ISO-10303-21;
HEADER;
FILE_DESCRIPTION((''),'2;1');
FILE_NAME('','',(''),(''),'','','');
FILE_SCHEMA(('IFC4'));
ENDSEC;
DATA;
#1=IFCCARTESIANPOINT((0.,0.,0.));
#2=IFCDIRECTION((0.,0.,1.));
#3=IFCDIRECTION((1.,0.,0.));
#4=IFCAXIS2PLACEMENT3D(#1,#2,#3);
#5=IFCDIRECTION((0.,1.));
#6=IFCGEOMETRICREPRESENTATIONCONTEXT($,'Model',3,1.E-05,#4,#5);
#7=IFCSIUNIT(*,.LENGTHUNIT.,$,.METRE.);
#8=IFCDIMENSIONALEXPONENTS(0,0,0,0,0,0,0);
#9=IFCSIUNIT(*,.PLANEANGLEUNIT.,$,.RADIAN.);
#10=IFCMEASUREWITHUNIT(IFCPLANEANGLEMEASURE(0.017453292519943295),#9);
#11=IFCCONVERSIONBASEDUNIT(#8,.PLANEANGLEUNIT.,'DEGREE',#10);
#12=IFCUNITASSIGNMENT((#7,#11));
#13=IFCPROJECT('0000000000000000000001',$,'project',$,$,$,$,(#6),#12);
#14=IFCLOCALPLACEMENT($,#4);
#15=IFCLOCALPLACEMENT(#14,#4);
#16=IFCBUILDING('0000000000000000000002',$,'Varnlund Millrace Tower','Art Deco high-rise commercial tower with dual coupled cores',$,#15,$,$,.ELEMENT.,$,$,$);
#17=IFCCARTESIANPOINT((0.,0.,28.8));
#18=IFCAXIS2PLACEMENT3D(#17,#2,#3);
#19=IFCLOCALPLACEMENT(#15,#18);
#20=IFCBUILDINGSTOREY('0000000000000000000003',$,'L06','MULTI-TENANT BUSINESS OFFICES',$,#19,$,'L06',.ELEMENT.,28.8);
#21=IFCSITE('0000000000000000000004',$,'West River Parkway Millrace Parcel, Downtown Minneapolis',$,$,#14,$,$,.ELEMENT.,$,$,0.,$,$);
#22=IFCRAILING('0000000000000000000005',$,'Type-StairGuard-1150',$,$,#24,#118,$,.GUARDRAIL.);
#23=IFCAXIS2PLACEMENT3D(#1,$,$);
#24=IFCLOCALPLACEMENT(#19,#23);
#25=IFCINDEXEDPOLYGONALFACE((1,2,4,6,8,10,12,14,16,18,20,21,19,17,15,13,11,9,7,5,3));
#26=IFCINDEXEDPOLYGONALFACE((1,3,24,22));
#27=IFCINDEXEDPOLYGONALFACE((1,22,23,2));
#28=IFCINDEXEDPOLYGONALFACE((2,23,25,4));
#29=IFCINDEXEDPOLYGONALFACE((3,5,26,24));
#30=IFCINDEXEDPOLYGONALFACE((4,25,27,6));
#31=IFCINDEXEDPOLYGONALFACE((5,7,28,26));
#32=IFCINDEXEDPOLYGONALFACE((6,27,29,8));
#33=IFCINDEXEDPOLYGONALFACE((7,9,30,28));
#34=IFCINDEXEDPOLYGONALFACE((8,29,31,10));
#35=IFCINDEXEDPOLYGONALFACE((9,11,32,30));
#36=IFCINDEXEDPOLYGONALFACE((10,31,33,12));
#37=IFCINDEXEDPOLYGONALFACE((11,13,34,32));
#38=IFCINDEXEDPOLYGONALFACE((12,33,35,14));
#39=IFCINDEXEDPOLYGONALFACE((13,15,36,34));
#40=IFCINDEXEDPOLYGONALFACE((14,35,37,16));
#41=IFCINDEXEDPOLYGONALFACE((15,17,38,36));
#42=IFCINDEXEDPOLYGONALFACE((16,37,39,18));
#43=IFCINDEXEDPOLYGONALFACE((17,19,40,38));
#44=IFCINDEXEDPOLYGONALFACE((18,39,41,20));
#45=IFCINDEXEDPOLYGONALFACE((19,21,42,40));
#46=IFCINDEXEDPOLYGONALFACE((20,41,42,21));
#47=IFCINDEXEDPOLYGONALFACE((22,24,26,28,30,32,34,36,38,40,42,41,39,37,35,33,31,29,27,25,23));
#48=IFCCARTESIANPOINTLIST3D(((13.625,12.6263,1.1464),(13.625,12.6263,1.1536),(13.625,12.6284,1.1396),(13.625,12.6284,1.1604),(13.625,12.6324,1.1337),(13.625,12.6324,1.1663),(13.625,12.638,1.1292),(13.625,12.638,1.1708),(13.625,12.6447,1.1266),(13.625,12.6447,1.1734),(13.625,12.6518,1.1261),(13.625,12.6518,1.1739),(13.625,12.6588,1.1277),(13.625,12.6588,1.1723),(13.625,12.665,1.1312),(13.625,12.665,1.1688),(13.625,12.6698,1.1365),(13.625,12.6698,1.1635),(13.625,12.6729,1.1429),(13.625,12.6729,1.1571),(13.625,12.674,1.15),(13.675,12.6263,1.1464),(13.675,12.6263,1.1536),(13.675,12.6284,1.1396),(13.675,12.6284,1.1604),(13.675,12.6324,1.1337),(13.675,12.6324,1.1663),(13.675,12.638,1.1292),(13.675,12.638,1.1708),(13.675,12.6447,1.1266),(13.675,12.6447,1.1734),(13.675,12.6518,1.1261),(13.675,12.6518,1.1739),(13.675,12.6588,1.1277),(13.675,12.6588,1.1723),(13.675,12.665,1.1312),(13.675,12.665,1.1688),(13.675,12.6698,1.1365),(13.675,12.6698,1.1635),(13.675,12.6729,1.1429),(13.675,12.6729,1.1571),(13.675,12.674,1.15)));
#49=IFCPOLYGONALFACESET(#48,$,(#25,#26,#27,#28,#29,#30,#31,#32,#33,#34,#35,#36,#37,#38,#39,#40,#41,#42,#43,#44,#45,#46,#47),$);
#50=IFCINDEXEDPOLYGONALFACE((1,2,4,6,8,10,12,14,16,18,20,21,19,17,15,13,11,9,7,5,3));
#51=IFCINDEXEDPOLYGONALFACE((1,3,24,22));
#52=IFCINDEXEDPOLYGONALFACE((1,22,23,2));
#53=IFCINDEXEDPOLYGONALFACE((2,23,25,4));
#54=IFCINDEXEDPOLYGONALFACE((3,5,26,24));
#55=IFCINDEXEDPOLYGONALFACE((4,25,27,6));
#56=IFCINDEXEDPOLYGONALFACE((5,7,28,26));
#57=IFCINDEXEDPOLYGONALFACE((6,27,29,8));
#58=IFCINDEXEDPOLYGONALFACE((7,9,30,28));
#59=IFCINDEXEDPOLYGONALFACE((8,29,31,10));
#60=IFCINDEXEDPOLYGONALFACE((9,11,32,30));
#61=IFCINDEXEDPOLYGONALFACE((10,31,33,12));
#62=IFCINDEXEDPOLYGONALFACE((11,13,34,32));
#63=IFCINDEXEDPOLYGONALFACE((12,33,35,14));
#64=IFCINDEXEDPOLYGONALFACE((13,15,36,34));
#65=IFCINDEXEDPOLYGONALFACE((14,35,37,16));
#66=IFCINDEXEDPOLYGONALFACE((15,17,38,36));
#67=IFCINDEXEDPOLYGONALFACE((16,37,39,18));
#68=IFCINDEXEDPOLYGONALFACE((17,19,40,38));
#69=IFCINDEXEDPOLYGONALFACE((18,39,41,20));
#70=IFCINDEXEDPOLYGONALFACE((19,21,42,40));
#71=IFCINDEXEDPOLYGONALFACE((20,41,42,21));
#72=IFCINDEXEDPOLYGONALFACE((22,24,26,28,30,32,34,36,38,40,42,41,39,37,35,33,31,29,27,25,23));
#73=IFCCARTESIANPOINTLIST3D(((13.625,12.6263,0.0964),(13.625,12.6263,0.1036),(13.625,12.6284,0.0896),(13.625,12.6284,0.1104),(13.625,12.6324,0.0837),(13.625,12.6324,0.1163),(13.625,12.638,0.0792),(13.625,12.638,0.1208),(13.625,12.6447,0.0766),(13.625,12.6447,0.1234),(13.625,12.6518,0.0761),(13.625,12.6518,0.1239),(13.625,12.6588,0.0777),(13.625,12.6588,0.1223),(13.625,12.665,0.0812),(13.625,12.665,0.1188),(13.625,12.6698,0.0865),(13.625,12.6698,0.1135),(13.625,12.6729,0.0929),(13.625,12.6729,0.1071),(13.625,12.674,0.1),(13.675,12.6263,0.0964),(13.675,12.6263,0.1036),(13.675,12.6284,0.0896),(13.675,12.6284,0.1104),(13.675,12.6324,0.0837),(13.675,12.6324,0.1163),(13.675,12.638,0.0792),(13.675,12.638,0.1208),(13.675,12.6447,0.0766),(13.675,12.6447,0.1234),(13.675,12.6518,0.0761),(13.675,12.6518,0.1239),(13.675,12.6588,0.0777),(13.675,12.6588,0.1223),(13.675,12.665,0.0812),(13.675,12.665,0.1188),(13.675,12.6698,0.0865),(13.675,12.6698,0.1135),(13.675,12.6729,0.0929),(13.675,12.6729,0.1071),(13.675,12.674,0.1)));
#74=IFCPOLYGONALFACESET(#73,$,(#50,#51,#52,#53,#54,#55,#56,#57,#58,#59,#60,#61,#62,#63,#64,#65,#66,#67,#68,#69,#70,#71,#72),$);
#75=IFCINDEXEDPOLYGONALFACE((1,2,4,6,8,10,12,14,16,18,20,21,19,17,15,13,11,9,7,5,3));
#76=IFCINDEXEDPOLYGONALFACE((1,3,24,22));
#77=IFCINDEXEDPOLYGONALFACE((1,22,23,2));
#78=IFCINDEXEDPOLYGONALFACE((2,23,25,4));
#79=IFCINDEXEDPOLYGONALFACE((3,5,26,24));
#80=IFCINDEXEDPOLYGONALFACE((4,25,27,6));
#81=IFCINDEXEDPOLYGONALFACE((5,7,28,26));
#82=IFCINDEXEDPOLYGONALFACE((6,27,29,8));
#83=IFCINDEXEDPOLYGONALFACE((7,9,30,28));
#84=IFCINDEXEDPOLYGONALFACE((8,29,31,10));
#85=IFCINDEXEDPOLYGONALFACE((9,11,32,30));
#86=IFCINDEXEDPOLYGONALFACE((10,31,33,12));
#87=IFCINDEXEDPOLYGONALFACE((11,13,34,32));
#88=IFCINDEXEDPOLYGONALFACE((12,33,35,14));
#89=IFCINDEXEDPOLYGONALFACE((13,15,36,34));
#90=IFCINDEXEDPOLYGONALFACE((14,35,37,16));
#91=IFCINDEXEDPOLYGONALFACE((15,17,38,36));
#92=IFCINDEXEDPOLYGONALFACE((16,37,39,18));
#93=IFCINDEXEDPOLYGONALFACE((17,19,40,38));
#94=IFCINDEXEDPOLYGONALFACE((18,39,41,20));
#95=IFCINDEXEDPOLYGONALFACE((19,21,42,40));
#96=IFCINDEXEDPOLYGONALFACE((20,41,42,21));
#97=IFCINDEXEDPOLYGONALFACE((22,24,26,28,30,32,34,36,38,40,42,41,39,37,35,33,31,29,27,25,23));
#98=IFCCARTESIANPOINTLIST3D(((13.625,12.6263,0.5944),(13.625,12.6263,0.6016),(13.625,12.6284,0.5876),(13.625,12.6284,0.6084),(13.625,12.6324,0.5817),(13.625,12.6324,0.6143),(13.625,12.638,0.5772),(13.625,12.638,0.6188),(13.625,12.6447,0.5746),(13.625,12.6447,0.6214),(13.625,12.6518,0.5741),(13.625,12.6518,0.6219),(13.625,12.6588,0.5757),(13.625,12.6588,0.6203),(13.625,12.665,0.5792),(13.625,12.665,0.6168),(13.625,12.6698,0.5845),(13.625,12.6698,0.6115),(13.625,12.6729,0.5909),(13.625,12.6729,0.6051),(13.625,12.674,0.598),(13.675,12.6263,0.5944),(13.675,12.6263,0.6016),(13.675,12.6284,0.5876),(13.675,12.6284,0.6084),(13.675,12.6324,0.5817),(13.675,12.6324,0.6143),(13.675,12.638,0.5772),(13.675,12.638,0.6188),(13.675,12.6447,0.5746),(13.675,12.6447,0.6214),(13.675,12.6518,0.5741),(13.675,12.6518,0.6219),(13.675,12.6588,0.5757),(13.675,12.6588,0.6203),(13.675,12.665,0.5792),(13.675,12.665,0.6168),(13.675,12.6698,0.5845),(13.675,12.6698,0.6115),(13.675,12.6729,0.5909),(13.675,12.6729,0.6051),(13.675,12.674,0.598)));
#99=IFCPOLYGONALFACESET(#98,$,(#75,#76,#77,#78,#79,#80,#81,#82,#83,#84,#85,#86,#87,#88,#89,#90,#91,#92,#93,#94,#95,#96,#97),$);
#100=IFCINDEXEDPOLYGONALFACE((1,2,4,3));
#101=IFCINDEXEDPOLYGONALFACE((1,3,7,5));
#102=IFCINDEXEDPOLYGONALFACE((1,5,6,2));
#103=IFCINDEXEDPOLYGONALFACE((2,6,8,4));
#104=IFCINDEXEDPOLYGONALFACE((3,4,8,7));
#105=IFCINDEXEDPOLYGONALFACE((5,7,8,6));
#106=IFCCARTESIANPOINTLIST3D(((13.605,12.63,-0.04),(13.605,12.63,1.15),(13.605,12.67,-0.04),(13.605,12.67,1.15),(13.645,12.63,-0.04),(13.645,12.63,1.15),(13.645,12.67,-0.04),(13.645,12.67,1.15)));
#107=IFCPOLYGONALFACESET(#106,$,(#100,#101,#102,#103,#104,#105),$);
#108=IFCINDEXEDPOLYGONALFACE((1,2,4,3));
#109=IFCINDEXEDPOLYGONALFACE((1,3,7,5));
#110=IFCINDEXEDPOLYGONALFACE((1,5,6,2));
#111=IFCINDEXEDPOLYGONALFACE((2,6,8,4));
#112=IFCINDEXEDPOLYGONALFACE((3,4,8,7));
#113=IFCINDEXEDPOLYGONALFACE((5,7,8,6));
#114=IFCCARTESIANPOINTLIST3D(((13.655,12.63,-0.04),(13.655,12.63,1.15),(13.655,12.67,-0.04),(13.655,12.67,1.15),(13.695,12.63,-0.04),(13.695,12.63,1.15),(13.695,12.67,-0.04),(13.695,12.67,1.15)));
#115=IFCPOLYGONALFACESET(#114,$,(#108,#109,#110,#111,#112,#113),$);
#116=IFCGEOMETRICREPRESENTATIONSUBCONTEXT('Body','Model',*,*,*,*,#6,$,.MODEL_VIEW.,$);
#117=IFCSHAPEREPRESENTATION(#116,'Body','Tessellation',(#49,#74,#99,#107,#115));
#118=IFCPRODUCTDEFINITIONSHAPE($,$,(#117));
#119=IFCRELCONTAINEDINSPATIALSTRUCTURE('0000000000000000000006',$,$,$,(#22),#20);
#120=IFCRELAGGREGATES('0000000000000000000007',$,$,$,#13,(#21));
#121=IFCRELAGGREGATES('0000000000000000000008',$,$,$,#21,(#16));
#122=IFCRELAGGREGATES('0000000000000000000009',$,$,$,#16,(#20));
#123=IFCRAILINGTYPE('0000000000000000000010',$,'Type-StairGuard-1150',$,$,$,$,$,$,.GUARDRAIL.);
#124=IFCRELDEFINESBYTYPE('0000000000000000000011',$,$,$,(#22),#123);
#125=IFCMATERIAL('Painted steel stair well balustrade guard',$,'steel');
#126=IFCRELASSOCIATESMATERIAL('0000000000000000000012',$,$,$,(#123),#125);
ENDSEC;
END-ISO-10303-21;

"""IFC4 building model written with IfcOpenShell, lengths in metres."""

from ifc_helpers import new_model, entity, si_unit, converted_unit, direction, frame, origin_with_axes, origin_2d_with_axis, place, context, subcontext, project, spatial, rectangle, circle, extrude, material, type_object, element, save


model = new_model("IFC4")

# Units and contexts
model_context = context("Model", 3, precision=1e-05, world=origin_with_axes(), true_north=direction((0.0, 1.0)))
body_context = subcontext(model_context, "Body", "Model", "MODEL_VIEW")
ifc_project = project(units=[si_unit("LENGTHUNIT", "METRE"), converted_unit("PLANEANGLEUNIT", "DEGREE", entity("IfcPlaneAngleMeasure", 0.017453292519943295), si_unit("PLANEANGLEUNIT", "RADIAN"), dimensions=[0, 0, 0, 0, 0, 0, 0])], contexts=[model_context])

# Site, building, storey
site_placement = place(None, origin_with_axes())
site = spatial("IfcSite", under=ifc_project, at=site_placement, Name="West River Parkway Millrace Parcel, Downtown Minneapolis", CompositionType="ELEMENT", RefElevation=0.0)
building_placement = place(site_placement, origin_with_axes())
building = spatial("IfcBuilding", under=site, at=building_placement, Name="Varnlund Millrace Tower", Description="Art Deco high-rise commercial tower with dual coupled cores", CompositionType="ELEMENT")
storey_placement = place(building_placement, frame((0.0, 0.0, 28.8), z_axis=(0.0, 0.0, 1.0), x_axis=(1.0, 0.0, 0.0)))
storey = spatial("IfcBuildingStorey", under=building, at=storey_placement, Name="L06", Description="MULTI-TENANT BUSINESS OFFICES", LongName="L06", CompositionType="ELEMENT", Elevation=28.8)

# Railing
ifc_material_1 = material(Name="Painted steel stair well balustrade guard", Category="steel")
railing_type_1 = type_object("IfcRailingType", Name="Type-StairGuard-1150", PredefinedType="GUARDRAIL", material=ifc_material_1)
railing_1_placement = place(storey_placement, frame((0.0, 0.0, -28.8), z_axis=(0.0, 0.0, 1.0), x_axis=(1.0, 0.0, 0.0)))
element("IfcRailing", 1, at=railing_1_placement, inside=storey, type_object=railing_type_1, Name="Type-StairGuard-1150", PredefinedType="GUARDRAIL", context=body_context, shape_type="SweptSolid", body=[
    extrude(circle(Radius=0.024, at=origin_2d_with_axis()), frame((13.625, 12.65, 29.95), z_axis=(1.0, 0.0, 0.0), x_axis=(0.0, 1.0, 0.0)), (0.0, 0.0, 1.0), 0.05),
    extrude(circle(Radius=0.024, at=origin_2d_with_axis()), frame((13.625, 12.65, 28.9), z_axis=(1.0, 0.0, 0.0), x_axis=(0.0, 1.0, 0.0)), (0.0, 0.0, 1.0), 0.05),
    extrude(circle(Radius=0.024, at=origin_2d_with_axis()), frame((13.625, 12.65, 29.398), z_axis=(1.0, 0.0, 0.0), x_axis=(0.0, 1.0, 0.0)), (0.0, 0.0, 1.0), 0.05),
    extrude(rectangle(XDim=0.04, YDim=0.04, at=origin_2d_with_axis()), frame((13.625, 12.65, 28.76), z_axis=(0.0, 0.0, 1.0), x_axis=(1.0, 0.0, 0.0)), (0.0, 0.0, 1.0), 1.19),
    extrude(rectangle(XDim=0.04, YDim=0.04, at=origin_2d_with_axis()), frame((13.675, 12.65, 28.76), z_axis=(0.0, 0.0, 1.0), x_axis=(1.0, 0.0, 0.0)), (0.0, 0.0, 1.0), 1.19),
])

save(model, "model.ifc")
